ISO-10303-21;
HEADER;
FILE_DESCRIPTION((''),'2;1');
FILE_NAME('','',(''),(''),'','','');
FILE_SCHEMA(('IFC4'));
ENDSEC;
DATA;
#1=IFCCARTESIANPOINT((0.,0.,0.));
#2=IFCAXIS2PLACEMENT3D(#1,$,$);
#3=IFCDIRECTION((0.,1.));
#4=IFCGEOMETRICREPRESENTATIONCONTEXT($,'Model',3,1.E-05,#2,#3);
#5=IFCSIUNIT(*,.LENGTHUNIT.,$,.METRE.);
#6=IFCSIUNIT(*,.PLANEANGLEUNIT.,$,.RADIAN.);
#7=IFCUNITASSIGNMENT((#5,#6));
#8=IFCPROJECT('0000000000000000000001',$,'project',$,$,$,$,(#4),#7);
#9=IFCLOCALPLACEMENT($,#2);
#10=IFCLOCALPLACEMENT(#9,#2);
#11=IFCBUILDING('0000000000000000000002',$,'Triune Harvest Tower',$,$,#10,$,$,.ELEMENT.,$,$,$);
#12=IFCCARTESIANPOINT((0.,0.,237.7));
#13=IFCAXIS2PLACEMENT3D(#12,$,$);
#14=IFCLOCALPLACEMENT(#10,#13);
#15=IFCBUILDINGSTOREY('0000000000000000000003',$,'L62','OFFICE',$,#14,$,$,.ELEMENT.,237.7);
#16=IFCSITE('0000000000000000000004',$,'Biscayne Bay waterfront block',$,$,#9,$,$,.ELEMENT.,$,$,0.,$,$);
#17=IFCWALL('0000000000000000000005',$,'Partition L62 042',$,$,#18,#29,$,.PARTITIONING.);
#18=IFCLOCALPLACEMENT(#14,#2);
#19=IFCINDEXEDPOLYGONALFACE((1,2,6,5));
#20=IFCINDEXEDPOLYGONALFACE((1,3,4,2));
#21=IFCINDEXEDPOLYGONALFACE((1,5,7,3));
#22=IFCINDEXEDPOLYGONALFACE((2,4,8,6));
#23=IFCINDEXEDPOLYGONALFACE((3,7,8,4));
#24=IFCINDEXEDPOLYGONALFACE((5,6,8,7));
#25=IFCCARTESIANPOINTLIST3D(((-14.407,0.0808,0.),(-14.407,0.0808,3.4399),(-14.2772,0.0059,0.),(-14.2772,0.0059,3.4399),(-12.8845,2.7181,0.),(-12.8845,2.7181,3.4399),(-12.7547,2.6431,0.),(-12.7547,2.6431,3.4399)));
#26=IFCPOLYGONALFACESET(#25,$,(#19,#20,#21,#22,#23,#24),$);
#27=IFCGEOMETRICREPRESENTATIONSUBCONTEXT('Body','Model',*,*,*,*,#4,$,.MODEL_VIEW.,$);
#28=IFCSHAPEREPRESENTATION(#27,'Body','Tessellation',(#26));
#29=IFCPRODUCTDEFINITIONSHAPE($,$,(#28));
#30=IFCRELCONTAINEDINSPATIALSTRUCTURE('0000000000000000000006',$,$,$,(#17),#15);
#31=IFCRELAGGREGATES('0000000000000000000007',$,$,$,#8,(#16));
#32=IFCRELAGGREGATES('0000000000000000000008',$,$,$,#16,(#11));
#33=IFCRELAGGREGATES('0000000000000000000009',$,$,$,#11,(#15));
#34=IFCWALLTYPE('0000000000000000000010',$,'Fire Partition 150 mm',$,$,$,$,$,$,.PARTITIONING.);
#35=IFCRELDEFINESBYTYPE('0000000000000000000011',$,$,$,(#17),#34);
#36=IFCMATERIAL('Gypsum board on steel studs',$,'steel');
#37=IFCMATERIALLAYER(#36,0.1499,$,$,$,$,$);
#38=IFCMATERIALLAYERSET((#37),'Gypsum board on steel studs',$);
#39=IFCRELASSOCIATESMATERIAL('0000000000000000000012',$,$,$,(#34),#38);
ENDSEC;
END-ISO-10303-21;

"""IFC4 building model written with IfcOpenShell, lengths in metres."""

from ifc_helpers import new_model, si_unit, direction, frame, frame_2d, origin, place, context, subcontext, project, spatial, rectangle, extrude, source, transform, mapped, material, layer, layer_set, type_object, element, save


model = new_model("IFC4")

# Units and contexts
model_context = context("Model", 3, precision=1e-05, world=origin(), true_north=direction((0.0, 1.0)))
body_context = subcontext(model_context, "Body", "Model", "MODEL_VIEW")
ifc_project = project(units=[si_unit("LENGTHUNIT", "METRE"), si_unit("PLANEANGLEUNIT", "RADIAN")], contexts=[model_context])

# Site, building, storey
site_placement = place(None, origin())
site = spatial("IfcSite", under=ifc_project, at=site_placement, Name="Biscayne Bay waterfront block", CompositionType="ELEMENT", RefElevation=0.0)
building_placement = place(site_placement, origin())
building = spatial("IfcBuilding", under=site, at=building_placement, Name="Triune Harvest Tower", CompositionType="ELEMENT")
storey_placement = place(building_placement, frame((0.0, 0.0, 237.7)))
storey = spatial("IfcBuildingStorey", under=building, at=storey_placement, Name="L62", Description="OFFICE", CompositionType="ELEMENT", Elevation=237.7)

# Wall
ifc_material_1 = material(Name="Gypsum board on steel studs", Category="steel")
ifc_layer_1 = layer(ifc_material_1, 0.1499)
ifc_layer_set_1 = layer_set([ifc_layer_1], Name="Gypsum board on steel studs")
wall_type_1 = type_object("IfcWallType", Name="Fire Partition 150 mm", PredefinedType="PARTITIONING", material=ifc_layer_set_1)
shared_shape_1 = source(origin(), body_context, "Body", "SweptSolid", [
    extrude(rectangle(XDim=3.0452, YDim=0.1499, at=frame_2d((1.5225, 0.0))), origin(), (0.0, 0.0, 1.0), 3.4399),
])
wall_1_placement = place(storey_placement, frame((-14.342, 0.0435, 0.0), z_axis=(0.0, 0.0, 1.0), x_axis=(0.499968, 0.866044, 0.0)))
element("IfcWall", 1, at=wall_1_placement, inside=storey, type_object=wall_type_1, Name="Partition L62 042", PredefinedType="PARTITIONING", context=body_context, shape_type="MappedRepresentation", body=[
    mapped(shared_shape_1, transform((0.0, 0.0, 0.0), scale=1.0)),
])

save(model, "model.ifc")
